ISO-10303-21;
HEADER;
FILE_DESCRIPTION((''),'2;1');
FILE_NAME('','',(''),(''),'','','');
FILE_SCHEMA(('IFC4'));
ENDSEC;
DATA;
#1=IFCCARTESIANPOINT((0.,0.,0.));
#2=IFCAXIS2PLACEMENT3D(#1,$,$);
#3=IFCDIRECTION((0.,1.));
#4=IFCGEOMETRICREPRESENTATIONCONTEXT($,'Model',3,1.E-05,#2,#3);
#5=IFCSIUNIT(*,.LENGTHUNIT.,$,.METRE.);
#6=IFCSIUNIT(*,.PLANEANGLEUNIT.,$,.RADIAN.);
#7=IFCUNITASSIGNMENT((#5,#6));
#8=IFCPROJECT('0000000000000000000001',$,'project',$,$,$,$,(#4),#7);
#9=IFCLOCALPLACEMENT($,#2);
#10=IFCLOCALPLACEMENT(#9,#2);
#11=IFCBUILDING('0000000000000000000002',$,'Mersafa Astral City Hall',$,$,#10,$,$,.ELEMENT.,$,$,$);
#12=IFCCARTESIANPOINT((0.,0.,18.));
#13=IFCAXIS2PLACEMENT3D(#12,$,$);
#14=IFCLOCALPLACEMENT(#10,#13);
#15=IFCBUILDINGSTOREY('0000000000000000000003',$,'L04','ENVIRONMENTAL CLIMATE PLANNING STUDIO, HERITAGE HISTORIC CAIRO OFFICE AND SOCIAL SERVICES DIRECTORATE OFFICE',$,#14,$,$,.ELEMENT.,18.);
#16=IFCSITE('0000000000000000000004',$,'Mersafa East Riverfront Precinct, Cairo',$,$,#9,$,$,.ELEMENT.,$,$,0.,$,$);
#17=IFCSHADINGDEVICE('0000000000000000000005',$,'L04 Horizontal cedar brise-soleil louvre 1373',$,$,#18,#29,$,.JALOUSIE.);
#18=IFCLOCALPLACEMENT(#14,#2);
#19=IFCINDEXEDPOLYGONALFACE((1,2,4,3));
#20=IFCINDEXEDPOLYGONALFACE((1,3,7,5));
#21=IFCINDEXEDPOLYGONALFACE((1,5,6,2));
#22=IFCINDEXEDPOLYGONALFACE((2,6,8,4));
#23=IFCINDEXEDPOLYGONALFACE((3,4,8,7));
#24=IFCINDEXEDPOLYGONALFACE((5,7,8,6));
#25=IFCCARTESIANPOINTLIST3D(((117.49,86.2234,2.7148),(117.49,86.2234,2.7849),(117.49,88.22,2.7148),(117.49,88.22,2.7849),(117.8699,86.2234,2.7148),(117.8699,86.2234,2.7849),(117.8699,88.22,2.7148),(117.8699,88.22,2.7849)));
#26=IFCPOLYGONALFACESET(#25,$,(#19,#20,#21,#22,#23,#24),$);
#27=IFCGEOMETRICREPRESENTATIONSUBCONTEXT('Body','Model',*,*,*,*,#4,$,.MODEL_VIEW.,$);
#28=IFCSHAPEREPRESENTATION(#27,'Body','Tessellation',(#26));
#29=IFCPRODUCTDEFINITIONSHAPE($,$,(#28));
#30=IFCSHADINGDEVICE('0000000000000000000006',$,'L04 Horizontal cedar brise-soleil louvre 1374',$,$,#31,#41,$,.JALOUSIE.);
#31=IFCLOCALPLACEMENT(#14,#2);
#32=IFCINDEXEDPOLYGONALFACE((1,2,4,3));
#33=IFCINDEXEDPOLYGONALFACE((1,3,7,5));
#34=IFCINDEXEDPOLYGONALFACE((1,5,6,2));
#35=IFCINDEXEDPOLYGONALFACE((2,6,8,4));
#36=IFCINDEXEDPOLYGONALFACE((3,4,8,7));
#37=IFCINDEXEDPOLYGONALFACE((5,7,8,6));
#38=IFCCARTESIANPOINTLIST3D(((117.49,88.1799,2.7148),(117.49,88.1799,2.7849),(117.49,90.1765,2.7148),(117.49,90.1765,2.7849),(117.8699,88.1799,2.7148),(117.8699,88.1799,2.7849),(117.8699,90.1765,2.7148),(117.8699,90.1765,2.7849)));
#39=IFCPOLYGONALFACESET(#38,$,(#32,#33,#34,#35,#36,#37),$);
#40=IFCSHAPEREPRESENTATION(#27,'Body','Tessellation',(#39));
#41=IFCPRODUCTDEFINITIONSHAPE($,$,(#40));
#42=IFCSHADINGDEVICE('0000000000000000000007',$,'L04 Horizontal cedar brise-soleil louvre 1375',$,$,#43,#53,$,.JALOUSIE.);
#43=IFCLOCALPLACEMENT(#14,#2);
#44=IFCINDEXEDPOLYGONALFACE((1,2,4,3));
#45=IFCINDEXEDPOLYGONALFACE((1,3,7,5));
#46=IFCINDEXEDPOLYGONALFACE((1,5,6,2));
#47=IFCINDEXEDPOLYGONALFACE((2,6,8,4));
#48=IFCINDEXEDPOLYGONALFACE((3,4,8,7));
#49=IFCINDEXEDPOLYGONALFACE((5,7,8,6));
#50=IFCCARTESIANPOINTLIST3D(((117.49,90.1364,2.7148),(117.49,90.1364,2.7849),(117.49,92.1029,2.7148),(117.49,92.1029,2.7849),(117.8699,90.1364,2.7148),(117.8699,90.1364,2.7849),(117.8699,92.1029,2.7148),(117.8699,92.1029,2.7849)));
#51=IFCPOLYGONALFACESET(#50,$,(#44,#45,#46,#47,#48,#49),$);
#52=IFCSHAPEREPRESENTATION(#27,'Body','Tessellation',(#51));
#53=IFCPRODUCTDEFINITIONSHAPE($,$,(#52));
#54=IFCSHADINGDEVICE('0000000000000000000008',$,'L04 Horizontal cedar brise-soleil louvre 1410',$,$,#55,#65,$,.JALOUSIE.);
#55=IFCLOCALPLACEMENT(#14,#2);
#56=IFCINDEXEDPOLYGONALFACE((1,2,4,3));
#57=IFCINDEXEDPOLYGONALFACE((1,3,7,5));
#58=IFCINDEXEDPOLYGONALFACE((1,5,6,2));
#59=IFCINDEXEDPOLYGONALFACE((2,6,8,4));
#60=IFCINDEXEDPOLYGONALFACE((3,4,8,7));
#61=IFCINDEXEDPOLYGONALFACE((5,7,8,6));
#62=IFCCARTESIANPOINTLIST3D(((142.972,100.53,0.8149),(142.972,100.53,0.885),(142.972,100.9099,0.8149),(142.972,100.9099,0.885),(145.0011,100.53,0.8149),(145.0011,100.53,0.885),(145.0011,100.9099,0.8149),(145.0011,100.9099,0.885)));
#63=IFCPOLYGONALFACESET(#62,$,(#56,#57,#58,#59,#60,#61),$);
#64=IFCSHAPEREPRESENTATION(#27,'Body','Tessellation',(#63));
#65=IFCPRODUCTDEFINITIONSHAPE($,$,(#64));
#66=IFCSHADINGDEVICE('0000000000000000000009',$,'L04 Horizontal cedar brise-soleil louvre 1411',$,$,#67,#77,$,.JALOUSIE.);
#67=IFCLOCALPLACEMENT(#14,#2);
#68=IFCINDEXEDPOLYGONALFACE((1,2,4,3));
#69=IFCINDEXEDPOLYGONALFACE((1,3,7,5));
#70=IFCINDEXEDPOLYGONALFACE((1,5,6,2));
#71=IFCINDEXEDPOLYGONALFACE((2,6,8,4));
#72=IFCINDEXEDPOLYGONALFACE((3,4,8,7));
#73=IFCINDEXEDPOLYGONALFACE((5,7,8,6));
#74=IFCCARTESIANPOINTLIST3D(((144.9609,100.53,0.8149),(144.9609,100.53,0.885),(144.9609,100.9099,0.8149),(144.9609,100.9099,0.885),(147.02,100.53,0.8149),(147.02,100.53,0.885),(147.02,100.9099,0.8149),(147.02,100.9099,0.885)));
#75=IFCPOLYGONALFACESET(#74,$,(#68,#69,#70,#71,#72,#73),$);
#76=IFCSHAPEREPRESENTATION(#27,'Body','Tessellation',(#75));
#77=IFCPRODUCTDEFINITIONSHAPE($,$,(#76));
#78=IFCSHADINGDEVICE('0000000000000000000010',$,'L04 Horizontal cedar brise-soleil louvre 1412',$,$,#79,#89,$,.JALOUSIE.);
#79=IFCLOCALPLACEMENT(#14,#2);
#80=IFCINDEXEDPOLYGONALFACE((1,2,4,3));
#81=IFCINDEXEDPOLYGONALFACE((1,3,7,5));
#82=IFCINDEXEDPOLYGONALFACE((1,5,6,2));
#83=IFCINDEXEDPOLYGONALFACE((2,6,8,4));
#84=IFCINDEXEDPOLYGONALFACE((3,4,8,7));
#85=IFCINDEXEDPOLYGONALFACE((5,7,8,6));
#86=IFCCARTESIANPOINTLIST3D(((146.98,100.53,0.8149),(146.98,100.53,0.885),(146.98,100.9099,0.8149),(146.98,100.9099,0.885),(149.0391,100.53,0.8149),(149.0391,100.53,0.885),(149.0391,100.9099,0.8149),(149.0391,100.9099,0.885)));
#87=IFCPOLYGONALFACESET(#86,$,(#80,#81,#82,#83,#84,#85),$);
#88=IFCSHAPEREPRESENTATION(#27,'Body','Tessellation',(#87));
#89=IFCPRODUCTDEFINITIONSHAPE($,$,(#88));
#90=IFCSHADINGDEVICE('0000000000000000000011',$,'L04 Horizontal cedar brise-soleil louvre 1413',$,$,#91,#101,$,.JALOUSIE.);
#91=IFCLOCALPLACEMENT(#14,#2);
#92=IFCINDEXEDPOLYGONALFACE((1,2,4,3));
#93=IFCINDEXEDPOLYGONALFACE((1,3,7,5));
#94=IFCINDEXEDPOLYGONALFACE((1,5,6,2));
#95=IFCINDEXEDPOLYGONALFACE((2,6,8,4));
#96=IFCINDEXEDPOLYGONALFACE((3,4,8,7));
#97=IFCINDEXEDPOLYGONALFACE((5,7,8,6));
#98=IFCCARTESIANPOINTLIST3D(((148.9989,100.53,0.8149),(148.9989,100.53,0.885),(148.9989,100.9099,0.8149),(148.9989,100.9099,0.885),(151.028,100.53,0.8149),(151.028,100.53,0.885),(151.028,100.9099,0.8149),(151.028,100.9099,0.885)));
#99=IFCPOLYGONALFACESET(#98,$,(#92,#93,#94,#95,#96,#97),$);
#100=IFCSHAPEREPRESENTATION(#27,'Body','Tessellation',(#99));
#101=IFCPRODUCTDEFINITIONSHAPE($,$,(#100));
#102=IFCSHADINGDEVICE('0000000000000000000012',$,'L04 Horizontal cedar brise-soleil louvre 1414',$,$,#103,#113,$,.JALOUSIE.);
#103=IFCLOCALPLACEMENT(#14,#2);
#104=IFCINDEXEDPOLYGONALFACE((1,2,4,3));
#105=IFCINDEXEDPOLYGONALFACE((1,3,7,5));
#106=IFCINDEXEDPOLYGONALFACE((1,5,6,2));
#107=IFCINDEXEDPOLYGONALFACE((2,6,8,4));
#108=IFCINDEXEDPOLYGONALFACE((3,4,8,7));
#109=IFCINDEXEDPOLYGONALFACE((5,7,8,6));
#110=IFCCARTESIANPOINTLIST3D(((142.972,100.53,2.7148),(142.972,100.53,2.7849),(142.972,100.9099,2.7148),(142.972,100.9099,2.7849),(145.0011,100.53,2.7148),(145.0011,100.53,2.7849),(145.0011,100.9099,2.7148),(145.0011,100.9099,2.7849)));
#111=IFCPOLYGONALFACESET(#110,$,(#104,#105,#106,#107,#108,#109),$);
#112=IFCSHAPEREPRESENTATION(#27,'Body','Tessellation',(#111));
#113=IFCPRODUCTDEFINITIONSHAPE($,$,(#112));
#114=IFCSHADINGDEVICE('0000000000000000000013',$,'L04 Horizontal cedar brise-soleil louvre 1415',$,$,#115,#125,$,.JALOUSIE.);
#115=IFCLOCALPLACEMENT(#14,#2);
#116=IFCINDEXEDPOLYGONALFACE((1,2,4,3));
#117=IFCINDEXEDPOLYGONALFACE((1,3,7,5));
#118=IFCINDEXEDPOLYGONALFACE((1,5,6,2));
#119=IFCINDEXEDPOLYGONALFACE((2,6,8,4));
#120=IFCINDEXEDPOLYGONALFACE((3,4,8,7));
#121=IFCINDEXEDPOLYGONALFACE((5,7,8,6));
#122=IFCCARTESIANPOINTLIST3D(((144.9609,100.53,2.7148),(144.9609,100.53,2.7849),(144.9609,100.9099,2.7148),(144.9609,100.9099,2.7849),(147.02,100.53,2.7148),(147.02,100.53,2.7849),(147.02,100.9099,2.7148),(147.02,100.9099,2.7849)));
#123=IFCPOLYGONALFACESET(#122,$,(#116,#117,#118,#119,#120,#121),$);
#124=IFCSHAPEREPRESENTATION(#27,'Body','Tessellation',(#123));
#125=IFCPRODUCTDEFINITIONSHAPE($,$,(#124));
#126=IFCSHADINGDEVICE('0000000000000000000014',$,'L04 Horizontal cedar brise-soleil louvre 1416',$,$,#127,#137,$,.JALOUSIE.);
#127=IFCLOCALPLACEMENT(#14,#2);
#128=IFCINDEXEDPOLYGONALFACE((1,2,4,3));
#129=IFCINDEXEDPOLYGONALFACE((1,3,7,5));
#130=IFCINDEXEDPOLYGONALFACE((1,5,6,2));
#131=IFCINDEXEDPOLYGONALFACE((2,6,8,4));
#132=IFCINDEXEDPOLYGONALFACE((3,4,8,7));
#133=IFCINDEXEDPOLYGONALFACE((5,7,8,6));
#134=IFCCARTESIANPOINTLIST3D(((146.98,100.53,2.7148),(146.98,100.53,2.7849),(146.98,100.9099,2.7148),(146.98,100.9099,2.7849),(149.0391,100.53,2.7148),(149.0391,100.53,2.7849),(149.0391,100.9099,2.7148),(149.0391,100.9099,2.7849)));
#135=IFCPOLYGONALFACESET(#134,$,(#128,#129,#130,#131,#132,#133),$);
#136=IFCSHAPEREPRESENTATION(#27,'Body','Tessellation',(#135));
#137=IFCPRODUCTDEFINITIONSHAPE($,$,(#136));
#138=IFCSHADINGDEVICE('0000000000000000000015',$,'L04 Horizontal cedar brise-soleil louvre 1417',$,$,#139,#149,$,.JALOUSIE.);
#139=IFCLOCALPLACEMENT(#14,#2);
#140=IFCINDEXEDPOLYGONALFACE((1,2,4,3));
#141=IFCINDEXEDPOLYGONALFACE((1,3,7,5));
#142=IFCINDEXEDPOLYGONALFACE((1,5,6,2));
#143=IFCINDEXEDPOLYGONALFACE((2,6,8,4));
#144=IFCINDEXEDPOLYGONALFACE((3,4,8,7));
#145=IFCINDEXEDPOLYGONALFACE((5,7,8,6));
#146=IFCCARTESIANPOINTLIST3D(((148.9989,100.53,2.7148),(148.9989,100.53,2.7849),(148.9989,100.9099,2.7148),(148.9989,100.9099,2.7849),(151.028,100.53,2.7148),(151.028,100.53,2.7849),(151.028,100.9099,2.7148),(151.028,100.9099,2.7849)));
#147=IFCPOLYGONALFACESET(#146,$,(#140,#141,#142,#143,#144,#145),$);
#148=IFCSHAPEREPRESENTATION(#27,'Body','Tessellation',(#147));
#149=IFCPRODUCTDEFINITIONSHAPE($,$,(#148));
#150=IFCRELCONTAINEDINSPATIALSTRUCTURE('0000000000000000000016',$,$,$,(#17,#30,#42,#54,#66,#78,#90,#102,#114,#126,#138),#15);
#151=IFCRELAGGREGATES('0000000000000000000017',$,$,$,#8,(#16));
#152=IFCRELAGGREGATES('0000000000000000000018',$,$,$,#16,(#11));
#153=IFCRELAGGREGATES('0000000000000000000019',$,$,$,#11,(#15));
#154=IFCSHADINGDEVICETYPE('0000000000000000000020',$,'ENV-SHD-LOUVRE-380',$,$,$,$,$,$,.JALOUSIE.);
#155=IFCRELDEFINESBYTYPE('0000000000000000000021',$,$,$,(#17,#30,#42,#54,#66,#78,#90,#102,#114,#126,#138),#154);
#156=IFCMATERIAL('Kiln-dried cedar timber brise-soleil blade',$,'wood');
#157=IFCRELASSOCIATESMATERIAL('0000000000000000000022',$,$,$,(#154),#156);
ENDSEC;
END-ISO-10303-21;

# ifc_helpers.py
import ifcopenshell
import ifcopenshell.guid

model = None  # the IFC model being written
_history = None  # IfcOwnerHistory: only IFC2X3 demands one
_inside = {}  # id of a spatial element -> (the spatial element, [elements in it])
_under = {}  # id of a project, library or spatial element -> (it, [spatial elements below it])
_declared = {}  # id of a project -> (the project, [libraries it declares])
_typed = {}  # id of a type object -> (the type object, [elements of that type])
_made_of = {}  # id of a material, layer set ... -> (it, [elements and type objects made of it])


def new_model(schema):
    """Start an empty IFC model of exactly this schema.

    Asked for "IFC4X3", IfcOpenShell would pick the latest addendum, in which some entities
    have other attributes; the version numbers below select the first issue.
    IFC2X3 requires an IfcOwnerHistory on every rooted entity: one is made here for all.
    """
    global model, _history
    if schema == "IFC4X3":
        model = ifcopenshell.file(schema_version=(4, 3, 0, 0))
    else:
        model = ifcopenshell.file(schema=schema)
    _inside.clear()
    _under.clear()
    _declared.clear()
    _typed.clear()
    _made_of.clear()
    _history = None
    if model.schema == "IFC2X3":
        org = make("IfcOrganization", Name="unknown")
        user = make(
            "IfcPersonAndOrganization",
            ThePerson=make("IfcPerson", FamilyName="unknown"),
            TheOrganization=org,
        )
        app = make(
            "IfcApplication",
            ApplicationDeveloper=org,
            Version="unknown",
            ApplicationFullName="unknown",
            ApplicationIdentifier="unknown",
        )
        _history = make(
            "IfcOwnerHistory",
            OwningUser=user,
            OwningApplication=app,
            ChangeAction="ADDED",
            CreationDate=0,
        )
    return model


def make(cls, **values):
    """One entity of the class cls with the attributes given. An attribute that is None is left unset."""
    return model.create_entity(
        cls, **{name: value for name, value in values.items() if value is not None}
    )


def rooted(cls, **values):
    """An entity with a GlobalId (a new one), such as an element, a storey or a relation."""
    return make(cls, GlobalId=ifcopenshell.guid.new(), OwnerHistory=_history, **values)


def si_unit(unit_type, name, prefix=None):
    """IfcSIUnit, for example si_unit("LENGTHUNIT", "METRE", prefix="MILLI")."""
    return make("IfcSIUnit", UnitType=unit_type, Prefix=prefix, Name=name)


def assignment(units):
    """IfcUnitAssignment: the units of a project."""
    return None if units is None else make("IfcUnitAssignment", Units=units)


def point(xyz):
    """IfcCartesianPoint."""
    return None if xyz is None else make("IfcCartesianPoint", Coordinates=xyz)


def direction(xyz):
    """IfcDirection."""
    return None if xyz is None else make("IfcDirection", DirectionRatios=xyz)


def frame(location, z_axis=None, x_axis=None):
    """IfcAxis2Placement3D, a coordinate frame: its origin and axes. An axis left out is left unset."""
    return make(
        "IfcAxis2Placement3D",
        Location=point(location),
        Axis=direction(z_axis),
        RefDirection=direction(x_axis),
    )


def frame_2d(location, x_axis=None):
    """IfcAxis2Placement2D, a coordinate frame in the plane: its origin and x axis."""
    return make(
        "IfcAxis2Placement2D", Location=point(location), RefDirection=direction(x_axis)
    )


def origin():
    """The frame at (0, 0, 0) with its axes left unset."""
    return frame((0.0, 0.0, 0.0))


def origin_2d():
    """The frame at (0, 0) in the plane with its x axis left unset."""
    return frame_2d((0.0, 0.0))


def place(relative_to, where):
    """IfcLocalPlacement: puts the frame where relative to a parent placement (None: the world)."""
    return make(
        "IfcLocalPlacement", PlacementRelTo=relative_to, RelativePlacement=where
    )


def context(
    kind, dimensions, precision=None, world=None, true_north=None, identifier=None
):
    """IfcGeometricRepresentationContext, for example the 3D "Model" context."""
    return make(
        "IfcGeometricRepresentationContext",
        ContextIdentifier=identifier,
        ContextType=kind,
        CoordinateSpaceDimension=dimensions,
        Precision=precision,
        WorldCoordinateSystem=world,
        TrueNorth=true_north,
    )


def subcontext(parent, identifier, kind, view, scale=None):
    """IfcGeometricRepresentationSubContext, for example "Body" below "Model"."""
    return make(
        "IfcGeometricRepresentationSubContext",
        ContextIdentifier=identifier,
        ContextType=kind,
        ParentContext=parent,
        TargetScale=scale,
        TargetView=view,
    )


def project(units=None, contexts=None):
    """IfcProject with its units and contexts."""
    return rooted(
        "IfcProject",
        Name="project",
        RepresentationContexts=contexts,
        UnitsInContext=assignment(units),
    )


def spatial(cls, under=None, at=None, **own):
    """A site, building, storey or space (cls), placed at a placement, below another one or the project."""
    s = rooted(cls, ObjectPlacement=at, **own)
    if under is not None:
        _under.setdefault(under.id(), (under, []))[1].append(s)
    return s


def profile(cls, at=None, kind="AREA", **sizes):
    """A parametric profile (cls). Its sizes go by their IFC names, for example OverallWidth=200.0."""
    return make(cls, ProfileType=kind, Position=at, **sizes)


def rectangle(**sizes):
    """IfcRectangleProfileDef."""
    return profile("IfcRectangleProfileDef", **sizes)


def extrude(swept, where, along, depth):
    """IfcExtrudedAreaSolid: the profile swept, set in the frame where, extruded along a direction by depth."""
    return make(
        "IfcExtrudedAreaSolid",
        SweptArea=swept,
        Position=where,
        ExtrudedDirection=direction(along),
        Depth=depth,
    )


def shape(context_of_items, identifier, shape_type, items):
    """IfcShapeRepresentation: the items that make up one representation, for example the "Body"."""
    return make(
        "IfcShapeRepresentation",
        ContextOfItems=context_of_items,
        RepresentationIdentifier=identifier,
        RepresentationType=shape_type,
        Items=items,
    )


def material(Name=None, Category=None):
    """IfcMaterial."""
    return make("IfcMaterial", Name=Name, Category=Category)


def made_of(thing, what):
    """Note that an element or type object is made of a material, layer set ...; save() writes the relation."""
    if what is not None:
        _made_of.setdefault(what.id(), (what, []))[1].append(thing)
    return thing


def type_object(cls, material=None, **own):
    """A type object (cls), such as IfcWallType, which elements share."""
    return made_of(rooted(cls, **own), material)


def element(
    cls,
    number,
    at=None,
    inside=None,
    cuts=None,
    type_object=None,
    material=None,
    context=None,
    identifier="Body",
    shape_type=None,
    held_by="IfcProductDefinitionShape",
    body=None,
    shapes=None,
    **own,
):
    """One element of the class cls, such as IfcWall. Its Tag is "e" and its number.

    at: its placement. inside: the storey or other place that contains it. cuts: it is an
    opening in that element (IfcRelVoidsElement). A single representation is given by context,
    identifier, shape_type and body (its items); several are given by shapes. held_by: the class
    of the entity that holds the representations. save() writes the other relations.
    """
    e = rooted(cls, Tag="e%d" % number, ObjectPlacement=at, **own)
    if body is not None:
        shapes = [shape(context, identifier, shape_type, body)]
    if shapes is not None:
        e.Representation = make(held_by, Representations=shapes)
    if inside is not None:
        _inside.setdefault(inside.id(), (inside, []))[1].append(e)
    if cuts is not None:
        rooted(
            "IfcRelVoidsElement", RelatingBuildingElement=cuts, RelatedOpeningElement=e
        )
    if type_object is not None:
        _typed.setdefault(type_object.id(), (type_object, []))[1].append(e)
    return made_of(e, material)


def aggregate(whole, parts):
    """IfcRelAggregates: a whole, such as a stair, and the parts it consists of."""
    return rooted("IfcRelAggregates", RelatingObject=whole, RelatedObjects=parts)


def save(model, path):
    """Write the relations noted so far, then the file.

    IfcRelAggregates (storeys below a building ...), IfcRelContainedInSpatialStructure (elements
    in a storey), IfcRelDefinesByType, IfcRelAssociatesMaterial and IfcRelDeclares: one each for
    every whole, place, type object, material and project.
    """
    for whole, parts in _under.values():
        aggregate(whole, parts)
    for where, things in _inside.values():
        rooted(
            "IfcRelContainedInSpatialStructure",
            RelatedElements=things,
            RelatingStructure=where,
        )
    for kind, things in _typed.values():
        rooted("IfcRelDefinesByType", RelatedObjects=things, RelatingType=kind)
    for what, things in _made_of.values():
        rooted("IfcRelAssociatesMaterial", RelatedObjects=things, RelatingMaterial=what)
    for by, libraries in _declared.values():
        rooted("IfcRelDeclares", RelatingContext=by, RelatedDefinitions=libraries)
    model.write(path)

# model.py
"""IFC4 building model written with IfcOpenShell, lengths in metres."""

from ifc_helpers import new_model, si_unit, direction, frame, origin, origin_2d, place, context, subcontext, project, spatial, rectangle, extrude, material, type_object, element, save


model = new_model("IFC4")

# Units and contexts
model_context = context("Model", 3, precision=1e-05, world=origin(), true_north=direction((0.0, 1.0)))
body_context = subcontext(model_context, "Body", "Model", "MODEL_VIEW")
ifc_project = project(units=[si_unit("LENGTHUNIT", "METRE"), si_unit("PLANEANGLEUNIT", "RADIAN")], contexts=[model_context])

# Site, building, storey
site_placement = place(None, origin())
site = spatial("IfcSite", under=ifc_project, at=site_placement, Name="Mersafa East Riverfront Precinct, Cairo", CompositionType="ELEMENT", RefElevation=0.0)
building_placement = place(site_placement, origin())
building = spatial("IfcBuilding", under=site, at=building_placement, Name="Mersafa Astral City Hall", CompositionType="ELEMENT")
storey_placement = place(building_placement, frame((0.0, 0.0, 18.0)))
storey = spatial("IfcBuildingStorey", under=building, at=storey_placement, Name="L04", Description="ENVIRONMENTAL CLIMATE PLANNING STUDIO, HERITAGE HISTORIC CAIRO OFFICE AND SOCIAL SERVICES DIRECTORATE OFFICE", CompositionType="ELEMENT", Elevation=18.0)

# Shading devices
ifc_material_1 = material(Name="Kiln-dried cedar timber brise-soleil blade", Category="wood")
shading_device_type_1 = type_object("IfcShadingDeviceType", Name="ENV-SHD-LOUVRE-380", PredefinedType="JALOUSIE", material=ifc_material_1)
for number, where, z_axis, x_axis, name in (
    (1, (117.6799, 87.2217, 2.7148), (0.0, 0.0, 1.0), (0.0, 1.0, 0.0), "L04 Horizontal cedar brise-soleil louvre 1373"),
    (2, (117.6799, 89.1782, 2.7148), (0.0, 0.0, 1.0), (0.0, 1.0, 0.0), "L04 Horizontal cedar brise-soleil louvre 1374"),
):
    element("IfcShadingDevice", number, at=place(storey_placement, frame(where, z_axis=z_axis, x_axis=x_axis)), inside=storey, type_object=shading_device_type_1, Name=name, PredefinedType="JALOUSIE", context=body_context, shape_type="SweptSolid", body=[
        extrude(rectangle(XDim=1.9966, YDim=0.3799, at=origin_2d()), origin(), (0.0, 0.0, 1.0), 0.0701),
    ])
shading_device_1_placement = place(storey_placement, frame((117.6799, 91.1196, 2.7148), z_axis=(0.0, 0.0, 1.0), x_axis=(0.0, 1.0, 0.0)))
element("IfcShadingDevice", 3, at=shading_device_1_placement, inside=storey, type_object=shading_device_type_1, Name="L04 Horizontal cedar brise-soleil louvre 1375", PredefinedType="JALOUSIE", context=body_context, shape_type="SweptSolid", body=[
    extrude(rectangle(XDim=1.9666, YDim=0.3799, at=origin_2d()), origin(), (0.0, 0.0, 1.0), 0.0701),
])
shading_device_2_placement = place(storey_placement, frame((143.9866, 100.72, 0.8149), z_axis=(0.0, 0.0, 1.0), x_axis=(1.0, 0.0, 0.0)))
element("IfcShadingDevice", 4, at=shading_device_2_placement, inside=storey, type_object=shading_device_type_1, Name="L04 Horizontal cedar brise-soleil louvre 1410", PredefinedType="JALOUSIE", context=body_context, shape_type="SweptSolid", body=[
    extrude(rectangle(XDim=2.0291, YDim=0.3799, at=origin_2d()), origin(), (0.0, 0.0, 1.0), 0.0701),
])
for number, where, z_axis, x_axis, name in (
    (5, (145.9905, 100.72, 0.8149), (0.0, 0.0, 1.0), (1.0, 0.0, 0.0), "L04 Horizontal cedar brise-soleil louvre 1411"),
    (6, (148.0095, 100.72, 0.8149), (0.0, 0.0, 1.0), (1.0, 0.0, 0.0), "L04 Horizontal cedar brise-soleil louvre 1412"),
):
    element("IfcShadingDevice", number, at=place(storey_placement, frame(where, z_axis=z_axis, x_axis=x_axis)), inside=storey, type_object=shading_device_type_1, Name=name, PredefinedType="JALOUSIE", context=body_context, shape_type="SweptSolid", body=[
        extrude(rectangle(XDim=2.0591, YDim=0.3799, at=origin_2d()), origin(), (0.0, 0.0, 1.0), 0.0701),
    ])
for number, where, z_axis, x_axis, name in (
    (7, (150.0134, 100.72, 0.8149), (0.0, 0.0, 1.0), (1.0, 0.0, 0.0), "L04 Horizontal cedar brise-soleil louvre 1413"),
    (8, (143.9866, 100.72, 2.7148), (0.0, 0.0, 1.0), (1.0, 0.0, 0.0), "L04 Horizontal cedar brise-soleil louvre 1414"),
):
    element("IfcShadingDevice", number, at=place(storey_placement, frame(where, z_axis=z_axis, x_axis=x_axis)), inside=storey, type_object=shading_device_type_1, Name=name, PredefinedType="JALOUSIE", context=body_context, shape_type="SweptSolid", body=[
        extrude(rectangle(XDim=2.0291, YDim=0.3799, at=origin_2d()), origin(), (0.0, 0.0, 1.0), 0.0701),
    ])
for number, where, z_axis, x_axis, name in (
    (9, (145.9905, 100.72, 2.7148), (0.0, 0.0, 1.0), (1.0, 0.0, 0.0), "L04 Horizontal cedar brise-soleil louvre 1415"),
    (10, (148.0095, 100.72, 2.7148), (0.0, 0.0, 1.0), (1.0, 0.0, 0.0), "L04 Horizontal cedar brise-soleil louvre 1416"),
):
    element("IfcShadingDevice", number, at=place(storey_placement, frame(where, z_axis=z_axis, x_axis=x_axis)), inside=storey, type_object=shading_device_type_1, Name=name, PredefinedType="JALOUSIE", context=body_context, shape_type="SweptSolid", body=[
        extrude(rectangle(XDim=2.0591, YDim=0.3799, at=origin_2d()), origin(), (0.0, 0.0, 1.0), 0.0701),
    ])
shading_device_3_placement = place(storey_placement, frame((150.0134, 100.72, 2.7148), z_axis=(0.0, 0.0, 1.0), x_axis=(1.0, 0.0, 0.0)))
element("IfcShadingDevice", 11, at=shading_device_3_placement, inside=storey, type_object=shading_device_type_1, Name="L04 Horizontal cedar brise-soleil louvre 1417", PredefinedType="JALOUSIE", context=body_context, shape_type="SweptSolid", body=[
    extrude(rectangle(XDim=2.0291, YDim=0.3799, at=origin_2d()), origin(), (0.0, 0.0, 1.0), 0.0701),
])

save(model, "model.ifc")
